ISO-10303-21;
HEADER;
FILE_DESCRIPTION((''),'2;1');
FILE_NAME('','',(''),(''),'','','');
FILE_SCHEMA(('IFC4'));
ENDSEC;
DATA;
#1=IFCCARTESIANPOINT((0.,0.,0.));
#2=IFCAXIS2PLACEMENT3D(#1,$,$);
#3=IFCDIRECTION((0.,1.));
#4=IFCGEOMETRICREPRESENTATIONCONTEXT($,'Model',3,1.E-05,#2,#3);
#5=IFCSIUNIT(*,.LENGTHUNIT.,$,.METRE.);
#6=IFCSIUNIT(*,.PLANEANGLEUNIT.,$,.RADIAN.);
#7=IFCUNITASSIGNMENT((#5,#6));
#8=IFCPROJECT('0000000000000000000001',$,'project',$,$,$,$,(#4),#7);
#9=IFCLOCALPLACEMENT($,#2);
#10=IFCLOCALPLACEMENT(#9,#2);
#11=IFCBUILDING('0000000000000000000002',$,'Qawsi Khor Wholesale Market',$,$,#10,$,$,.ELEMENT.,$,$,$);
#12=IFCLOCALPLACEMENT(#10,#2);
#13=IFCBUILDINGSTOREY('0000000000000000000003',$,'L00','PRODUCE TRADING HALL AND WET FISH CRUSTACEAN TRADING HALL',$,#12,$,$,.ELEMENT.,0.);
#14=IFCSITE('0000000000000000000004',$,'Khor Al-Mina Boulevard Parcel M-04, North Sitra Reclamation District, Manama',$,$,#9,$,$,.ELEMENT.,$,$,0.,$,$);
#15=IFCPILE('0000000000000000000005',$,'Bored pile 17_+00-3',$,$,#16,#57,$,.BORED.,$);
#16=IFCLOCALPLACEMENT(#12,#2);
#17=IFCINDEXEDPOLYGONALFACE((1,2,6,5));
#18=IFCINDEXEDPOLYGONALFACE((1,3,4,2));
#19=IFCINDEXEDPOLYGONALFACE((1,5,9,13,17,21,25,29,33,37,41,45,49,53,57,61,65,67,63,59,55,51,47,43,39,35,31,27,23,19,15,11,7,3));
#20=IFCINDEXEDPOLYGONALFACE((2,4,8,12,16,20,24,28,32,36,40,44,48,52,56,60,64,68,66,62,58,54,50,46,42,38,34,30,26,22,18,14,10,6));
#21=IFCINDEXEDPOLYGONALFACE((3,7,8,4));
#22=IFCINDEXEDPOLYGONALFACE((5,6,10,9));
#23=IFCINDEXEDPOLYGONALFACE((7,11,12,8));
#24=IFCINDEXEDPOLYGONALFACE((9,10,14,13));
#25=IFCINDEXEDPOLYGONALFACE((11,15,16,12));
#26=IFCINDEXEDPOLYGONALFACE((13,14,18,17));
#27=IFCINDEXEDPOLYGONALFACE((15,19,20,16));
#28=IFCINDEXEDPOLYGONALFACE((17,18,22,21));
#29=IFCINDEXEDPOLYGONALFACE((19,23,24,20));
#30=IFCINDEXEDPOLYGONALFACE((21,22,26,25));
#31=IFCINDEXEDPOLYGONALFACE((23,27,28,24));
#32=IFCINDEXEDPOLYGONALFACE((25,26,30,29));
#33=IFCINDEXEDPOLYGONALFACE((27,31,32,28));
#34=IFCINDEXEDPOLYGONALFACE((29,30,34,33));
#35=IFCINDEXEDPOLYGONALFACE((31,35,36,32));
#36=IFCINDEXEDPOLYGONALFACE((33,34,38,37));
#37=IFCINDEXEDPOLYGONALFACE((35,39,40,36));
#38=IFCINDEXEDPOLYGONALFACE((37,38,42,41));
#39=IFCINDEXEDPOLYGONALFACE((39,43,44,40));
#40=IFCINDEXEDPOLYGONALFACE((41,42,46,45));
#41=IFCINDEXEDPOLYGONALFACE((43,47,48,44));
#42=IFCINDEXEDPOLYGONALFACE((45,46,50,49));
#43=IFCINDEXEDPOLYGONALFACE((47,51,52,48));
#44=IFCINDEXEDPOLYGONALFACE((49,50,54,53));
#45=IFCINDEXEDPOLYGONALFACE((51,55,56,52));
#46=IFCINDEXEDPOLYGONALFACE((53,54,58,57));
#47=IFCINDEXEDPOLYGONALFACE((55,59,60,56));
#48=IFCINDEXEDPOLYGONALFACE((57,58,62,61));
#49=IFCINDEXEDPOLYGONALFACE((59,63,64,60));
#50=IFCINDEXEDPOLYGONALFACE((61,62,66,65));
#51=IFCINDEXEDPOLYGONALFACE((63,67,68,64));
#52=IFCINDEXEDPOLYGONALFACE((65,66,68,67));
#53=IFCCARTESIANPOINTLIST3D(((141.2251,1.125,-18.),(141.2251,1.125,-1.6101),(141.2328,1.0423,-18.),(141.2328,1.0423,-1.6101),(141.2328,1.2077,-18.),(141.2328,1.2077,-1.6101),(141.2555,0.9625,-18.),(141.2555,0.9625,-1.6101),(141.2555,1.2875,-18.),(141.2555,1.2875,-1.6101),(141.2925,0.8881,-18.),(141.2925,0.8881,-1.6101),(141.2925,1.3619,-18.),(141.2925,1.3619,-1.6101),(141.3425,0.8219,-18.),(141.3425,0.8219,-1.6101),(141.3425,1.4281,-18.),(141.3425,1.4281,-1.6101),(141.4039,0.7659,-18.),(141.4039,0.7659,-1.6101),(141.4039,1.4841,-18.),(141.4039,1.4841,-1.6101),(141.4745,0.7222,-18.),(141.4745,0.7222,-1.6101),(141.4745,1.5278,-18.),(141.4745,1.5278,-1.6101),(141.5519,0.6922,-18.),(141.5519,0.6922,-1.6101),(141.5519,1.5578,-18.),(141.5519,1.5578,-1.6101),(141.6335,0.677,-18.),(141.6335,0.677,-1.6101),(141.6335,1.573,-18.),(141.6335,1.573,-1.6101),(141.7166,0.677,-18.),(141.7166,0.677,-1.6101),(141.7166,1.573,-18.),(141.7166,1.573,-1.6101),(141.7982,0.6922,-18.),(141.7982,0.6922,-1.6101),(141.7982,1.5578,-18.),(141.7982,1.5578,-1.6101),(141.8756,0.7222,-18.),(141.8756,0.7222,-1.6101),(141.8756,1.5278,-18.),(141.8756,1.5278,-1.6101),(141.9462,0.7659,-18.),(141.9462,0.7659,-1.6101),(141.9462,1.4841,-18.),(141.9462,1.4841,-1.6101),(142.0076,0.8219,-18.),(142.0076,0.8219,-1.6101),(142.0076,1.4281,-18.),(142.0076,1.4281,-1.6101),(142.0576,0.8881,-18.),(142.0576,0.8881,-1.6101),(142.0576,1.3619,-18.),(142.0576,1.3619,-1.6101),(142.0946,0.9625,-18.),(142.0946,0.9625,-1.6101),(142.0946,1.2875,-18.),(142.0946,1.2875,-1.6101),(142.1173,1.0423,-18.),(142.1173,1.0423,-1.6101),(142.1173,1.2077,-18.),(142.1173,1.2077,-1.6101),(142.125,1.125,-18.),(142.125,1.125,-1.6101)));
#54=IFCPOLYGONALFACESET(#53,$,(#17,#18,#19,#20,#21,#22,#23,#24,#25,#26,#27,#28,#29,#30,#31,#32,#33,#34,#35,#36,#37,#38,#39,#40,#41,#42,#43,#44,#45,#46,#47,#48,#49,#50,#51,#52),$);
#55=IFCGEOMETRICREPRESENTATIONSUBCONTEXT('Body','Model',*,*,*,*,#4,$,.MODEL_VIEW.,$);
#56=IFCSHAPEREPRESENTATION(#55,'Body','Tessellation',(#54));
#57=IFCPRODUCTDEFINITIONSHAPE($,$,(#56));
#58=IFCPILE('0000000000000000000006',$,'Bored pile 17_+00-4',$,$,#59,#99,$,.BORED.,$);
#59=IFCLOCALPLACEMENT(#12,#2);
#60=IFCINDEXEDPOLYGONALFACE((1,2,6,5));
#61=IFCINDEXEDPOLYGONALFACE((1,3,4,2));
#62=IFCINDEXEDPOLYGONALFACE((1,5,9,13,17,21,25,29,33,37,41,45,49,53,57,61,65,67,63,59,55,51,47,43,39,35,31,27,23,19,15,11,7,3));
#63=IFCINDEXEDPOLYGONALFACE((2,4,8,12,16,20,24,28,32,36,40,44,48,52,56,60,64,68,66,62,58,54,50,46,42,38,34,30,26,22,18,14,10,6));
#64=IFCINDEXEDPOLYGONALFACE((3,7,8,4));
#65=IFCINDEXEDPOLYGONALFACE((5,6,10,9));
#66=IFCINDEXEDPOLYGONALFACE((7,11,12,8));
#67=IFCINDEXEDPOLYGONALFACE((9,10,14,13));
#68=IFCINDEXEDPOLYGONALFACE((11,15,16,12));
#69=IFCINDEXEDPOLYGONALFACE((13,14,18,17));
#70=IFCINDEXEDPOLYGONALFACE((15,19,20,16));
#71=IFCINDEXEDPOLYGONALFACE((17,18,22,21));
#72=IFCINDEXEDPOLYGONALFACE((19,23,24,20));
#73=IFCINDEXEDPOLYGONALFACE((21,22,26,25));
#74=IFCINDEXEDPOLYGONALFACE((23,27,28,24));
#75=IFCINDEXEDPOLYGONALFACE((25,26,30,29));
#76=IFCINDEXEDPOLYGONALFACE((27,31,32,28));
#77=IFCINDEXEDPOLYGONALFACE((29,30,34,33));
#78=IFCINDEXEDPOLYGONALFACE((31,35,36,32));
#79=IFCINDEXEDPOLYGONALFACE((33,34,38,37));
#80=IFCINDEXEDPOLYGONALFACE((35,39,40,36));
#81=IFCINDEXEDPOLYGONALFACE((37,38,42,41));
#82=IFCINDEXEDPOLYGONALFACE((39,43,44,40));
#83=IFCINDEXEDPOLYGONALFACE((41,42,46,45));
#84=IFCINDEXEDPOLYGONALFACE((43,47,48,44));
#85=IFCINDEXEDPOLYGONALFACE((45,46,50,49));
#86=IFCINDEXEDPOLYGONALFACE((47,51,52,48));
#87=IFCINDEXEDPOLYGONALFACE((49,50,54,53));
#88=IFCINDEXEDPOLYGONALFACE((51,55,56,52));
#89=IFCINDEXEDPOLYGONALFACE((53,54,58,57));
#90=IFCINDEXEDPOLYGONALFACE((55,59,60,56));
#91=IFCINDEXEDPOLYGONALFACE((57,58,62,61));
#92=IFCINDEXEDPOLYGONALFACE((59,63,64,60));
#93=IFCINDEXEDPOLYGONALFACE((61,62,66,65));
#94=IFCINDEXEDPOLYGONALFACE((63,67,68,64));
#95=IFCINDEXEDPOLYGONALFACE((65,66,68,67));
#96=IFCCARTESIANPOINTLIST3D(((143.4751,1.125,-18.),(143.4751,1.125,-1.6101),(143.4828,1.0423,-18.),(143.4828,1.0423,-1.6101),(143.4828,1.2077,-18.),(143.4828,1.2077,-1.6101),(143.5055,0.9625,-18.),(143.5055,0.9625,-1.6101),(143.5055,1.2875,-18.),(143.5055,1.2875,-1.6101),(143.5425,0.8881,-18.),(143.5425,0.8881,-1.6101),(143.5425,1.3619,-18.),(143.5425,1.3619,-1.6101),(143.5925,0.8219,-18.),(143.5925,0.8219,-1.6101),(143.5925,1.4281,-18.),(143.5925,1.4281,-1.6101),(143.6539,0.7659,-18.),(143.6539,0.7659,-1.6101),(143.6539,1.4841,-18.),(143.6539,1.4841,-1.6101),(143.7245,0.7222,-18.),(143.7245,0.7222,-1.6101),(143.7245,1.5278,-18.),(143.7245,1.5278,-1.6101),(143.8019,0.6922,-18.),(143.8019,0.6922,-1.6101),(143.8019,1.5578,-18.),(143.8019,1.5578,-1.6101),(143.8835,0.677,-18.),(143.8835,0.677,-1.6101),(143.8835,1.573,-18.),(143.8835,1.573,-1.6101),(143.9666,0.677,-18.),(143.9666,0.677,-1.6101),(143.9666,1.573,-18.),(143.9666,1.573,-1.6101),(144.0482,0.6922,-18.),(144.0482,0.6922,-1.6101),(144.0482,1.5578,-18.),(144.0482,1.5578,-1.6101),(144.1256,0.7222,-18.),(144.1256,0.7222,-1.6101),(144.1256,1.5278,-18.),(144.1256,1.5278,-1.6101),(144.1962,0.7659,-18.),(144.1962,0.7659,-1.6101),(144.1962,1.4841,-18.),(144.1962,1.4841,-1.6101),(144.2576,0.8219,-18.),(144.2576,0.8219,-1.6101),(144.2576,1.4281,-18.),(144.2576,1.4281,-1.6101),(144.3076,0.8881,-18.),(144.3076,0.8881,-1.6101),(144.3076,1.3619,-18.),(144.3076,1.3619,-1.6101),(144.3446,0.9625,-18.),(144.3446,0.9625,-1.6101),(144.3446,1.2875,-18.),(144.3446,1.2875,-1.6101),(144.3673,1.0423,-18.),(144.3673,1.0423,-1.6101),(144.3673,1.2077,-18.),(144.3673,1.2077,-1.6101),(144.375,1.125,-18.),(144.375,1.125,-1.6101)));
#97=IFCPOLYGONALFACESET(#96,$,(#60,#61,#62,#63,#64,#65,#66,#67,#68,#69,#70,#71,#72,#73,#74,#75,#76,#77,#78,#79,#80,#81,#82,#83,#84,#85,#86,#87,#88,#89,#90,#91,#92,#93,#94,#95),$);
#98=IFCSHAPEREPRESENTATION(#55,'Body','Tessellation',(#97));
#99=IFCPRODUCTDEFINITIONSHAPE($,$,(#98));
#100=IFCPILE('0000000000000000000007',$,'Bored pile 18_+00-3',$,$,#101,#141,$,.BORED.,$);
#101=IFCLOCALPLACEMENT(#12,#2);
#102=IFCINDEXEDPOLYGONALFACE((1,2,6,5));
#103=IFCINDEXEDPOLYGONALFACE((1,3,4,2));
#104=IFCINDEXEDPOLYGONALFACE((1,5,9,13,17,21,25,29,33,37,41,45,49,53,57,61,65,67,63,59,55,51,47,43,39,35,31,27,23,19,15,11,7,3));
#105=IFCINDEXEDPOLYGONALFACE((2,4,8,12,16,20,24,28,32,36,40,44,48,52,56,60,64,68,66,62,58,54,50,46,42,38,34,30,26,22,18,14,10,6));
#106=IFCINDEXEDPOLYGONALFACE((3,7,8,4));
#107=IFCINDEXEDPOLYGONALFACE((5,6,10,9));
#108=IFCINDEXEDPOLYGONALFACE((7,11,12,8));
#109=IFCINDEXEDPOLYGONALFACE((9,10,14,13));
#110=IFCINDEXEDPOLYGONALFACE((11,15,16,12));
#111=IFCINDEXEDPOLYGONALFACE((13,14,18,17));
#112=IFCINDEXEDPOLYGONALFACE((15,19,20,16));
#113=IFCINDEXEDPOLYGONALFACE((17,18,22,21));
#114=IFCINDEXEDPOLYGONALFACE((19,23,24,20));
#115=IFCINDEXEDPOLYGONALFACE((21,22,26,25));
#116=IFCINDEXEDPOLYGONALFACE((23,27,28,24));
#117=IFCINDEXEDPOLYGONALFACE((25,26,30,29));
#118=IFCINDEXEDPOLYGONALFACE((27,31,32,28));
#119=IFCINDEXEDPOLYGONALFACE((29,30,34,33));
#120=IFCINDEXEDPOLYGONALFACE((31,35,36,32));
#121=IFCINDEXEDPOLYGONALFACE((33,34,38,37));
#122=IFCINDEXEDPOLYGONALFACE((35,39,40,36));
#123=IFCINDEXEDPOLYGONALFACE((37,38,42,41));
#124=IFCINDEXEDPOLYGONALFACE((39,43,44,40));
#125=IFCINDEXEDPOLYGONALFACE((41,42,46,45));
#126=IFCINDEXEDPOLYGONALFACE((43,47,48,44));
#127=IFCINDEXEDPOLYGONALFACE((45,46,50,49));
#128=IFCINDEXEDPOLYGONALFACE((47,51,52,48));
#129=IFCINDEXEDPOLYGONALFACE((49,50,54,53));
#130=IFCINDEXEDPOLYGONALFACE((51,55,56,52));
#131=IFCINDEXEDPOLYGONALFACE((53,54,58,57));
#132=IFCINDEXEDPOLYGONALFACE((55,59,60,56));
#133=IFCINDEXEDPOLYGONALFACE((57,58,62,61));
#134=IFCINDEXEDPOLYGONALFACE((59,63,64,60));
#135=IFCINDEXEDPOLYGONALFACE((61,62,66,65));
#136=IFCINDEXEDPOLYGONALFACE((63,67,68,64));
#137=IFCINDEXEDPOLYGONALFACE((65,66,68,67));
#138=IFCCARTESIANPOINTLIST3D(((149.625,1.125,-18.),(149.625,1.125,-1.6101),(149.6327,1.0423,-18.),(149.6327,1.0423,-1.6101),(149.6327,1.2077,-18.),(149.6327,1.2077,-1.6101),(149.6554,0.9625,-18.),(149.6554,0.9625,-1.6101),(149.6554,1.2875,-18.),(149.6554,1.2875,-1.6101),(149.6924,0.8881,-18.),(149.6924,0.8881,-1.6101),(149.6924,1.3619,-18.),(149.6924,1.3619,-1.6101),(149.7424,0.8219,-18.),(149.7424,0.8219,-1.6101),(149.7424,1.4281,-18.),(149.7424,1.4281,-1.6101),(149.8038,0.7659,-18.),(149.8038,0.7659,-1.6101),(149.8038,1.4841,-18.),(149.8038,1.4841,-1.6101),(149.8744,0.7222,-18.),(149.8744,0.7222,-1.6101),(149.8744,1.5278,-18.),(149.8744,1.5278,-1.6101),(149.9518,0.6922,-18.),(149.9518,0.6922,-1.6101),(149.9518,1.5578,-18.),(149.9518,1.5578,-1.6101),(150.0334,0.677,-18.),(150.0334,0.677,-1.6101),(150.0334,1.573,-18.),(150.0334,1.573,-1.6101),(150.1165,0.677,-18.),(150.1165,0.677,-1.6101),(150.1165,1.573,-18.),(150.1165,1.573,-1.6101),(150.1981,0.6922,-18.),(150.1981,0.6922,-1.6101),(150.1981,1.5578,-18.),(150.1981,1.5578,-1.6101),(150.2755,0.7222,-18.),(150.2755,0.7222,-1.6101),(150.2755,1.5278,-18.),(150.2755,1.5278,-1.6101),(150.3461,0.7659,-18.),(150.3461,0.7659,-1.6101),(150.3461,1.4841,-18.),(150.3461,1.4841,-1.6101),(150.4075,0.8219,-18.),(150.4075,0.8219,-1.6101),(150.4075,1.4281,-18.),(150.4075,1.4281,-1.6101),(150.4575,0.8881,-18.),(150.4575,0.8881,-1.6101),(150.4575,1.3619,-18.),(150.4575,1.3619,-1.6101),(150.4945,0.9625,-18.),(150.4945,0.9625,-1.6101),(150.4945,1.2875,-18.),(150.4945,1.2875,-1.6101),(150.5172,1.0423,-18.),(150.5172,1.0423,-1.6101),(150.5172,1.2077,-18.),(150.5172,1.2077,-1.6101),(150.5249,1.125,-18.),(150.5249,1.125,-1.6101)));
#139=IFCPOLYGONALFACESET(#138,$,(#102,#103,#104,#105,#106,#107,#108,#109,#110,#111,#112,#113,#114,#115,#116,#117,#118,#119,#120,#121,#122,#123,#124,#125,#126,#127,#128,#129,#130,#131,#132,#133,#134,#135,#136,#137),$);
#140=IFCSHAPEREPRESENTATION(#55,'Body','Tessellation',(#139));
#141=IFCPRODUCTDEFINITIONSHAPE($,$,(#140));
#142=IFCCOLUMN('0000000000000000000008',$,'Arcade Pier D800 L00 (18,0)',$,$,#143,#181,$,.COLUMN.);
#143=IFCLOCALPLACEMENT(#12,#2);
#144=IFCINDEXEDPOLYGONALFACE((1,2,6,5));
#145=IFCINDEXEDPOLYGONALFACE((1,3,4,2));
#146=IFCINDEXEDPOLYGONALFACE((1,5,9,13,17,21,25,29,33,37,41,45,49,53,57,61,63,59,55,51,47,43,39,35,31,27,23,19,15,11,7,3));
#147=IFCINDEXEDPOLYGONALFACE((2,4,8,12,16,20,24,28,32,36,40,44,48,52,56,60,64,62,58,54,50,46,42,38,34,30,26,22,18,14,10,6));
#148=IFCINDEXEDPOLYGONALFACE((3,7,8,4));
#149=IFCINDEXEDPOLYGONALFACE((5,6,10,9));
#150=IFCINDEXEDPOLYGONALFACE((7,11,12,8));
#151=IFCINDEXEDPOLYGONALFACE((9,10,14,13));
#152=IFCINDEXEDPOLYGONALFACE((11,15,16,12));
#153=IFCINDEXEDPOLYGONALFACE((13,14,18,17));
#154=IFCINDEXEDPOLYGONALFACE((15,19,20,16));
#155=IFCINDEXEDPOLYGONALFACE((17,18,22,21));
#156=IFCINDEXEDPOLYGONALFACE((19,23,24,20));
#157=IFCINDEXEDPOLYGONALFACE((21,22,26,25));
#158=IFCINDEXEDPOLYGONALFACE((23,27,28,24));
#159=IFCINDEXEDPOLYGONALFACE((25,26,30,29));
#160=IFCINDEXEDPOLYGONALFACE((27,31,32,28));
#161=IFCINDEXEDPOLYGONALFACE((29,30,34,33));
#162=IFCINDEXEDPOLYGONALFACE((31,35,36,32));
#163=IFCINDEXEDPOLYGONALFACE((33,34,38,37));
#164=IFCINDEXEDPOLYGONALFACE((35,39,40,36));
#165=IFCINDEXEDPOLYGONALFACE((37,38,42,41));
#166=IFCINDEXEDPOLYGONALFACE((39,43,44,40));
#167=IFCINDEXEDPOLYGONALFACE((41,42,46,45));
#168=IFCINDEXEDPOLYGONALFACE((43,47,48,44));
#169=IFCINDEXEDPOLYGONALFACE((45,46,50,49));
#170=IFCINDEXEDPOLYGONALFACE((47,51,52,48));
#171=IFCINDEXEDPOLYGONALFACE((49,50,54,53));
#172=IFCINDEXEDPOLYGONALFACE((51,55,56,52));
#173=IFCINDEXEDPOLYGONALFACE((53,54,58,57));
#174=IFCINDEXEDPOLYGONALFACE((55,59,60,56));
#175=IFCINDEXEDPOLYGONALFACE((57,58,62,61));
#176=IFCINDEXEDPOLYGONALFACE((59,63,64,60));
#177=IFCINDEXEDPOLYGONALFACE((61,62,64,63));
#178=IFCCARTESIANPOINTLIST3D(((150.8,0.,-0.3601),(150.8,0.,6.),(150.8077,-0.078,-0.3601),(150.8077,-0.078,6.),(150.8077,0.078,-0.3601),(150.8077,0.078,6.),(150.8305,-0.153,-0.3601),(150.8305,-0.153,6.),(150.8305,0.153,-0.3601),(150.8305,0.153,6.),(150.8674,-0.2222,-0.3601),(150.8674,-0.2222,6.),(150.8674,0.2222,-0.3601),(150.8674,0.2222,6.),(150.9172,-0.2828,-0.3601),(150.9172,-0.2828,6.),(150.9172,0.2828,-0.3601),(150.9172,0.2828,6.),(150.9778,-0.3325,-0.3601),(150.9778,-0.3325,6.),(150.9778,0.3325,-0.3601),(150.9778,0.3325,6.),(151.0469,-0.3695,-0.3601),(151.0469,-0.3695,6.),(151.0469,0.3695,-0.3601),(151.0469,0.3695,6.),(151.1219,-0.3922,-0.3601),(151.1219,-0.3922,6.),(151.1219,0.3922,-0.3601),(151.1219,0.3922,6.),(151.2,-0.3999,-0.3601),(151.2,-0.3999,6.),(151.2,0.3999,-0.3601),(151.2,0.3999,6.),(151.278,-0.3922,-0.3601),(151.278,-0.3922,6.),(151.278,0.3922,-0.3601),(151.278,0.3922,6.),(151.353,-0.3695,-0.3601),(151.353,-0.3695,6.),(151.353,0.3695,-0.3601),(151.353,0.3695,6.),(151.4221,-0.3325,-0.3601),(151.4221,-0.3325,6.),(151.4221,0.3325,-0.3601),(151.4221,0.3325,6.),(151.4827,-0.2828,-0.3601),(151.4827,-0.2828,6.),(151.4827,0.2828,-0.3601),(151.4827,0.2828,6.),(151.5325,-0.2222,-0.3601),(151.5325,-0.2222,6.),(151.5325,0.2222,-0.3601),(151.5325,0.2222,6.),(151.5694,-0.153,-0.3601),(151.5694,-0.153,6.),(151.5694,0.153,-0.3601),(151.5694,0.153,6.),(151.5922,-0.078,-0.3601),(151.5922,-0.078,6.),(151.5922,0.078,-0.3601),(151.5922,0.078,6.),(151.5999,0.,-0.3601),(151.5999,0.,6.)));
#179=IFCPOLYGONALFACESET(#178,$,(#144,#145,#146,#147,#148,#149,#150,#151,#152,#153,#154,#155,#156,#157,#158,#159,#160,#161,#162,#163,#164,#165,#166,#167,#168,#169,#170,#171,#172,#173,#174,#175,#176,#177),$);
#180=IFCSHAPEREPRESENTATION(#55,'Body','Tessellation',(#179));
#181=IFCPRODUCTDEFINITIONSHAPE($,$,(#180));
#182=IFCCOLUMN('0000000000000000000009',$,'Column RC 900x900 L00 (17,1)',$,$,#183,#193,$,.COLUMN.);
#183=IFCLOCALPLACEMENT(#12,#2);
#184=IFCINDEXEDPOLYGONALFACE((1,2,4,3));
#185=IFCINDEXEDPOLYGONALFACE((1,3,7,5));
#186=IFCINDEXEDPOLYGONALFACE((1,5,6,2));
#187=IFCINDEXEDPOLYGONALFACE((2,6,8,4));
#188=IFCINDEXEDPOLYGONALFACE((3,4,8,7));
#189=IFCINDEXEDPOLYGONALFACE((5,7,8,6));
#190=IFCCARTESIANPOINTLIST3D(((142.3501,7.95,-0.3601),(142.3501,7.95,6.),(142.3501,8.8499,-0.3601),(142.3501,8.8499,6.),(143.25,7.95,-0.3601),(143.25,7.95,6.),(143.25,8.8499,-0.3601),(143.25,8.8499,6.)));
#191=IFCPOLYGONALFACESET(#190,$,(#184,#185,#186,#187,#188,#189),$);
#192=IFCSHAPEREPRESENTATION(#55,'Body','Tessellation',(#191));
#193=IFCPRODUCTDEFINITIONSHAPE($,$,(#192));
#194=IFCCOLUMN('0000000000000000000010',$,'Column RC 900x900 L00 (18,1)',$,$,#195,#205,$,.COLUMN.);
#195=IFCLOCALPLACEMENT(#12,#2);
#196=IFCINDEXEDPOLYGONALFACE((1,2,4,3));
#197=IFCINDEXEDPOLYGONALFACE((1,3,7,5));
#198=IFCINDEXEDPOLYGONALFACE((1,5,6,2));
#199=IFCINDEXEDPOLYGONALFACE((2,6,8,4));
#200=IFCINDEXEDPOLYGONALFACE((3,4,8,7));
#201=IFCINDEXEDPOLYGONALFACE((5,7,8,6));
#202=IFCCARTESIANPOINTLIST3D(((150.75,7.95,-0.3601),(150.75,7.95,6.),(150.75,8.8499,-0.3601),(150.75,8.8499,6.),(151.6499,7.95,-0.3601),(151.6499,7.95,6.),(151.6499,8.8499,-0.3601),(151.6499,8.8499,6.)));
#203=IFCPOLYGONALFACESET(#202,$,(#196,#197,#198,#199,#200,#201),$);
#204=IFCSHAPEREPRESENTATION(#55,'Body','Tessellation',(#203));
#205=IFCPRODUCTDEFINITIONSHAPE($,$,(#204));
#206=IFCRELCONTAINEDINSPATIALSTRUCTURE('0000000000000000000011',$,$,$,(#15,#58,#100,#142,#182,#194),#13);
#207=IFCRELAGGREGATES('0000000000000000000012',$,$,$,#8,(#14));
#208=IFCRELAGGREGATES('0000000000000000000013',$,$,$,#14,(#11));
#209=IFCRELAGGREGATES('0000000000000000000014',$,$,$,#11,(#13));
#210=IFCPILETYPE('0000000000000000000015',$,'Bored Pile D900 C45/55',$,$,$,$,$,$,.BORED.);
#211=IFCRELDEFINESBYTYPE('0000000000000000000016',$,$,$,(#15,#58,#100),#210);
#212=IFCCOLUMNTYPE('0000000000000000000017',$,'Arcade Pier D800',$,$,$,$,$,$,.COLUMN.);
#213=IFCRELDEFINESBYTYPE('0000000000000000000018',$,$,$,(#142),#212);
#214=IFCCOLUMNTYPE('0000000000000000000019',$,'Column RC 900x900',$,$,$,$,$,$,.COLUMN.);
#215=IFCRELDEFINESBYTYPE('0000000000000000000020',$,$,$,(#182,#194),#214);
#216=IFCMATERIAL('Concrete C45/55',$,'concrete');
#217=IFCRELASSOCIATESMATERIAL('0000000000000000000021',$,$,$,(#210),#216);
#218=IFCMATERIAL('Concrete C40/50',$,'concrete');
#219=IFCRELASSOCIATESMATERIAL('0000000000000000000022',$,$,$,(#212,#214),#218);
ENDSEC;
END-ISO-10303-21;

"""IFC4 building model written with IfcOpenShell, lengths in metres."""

from ifc_helpers import new_model, si_unit, direction, frame, origin, origin_2d, place, context, subcontext, project, spatial, rectangle, circle, extrude, material, material_profile, profile_set, type_object, element, save


model = new_model("IFC4")

# Units and contexts
model_context = context("Model", 3, precision=1e-05, world=origin(), true_north=direction((0.0, 1.0)))
body_context = subcontext(model_context, "Body", "Model", "MODEL_VIEW")
ifc_project = project(units=[si_unit("LENGTHUNIT", "METRE"), si_unit("PLANEANGLEUNIT", "RADIAN")], contexts=[model_context])

# Site, building, storey
site_placement = place(None, origin())
site = spatial("IfcSite", under=ifc_project, at=site_placement, Name="Khor Al-Mina Boulevard Parcel M-04, North Sitra Reclamation District, Manama", CompositionType="ELEMENT", RefElevation=0.0)
building_placement = place(site_placement, origin())
building = spatial("IfcBuilding", under=site, at=building_placement, Name="Qawsi Khor Wholesale Market", CompositionType="ELEMENT")
storey_placement = place(building_placement, origin())
storey = spatial("IfcBuildingStorey", under=building, at=storey_placement, Name="L00", Description="PRODUCE TRADING HALL AND WET FISH CRUSTACEAN TRADING HALL", CompositionType="ELEMENT", Elevation=0.0)

# Piles
ifc_material_1 = material(Name="Concrete C45/55", Category="concrete")
ifc_material_profile_1 = material_profile(ifc_material_1, circle(Radius=0.45, at=origin_2d()), Name="PILE D900")
ifc_profile_set_1 = profile_set([ifc_material_profile_1], Name="Concrete C45/55")
pile_type = type_object("IfcPileType", Name="Bored Pile D900 C45/55", PredefinedType="BORED", material=ifc_profile_set_1)
for number, where, z_axis, x_axis, name in (
    (1, (141.675, 1.125, -1.6101), (0.0, 0.0, -1.0), (1.0, 0.0, 0.0), "Bored pile 17_+00-3"),
    (2, (143.925, 1.125, -1.6101), (0.0, 0.0, -1.0), (1.0, 0.0, 0.0), "Bored pile 17_+00-4"),
    (3, (150.075, 1.125, -1.6101), (0.0, 0.0, -1.0), (1.0, 0.0, 0.0), "Bored pile 18_+00-3"),
):
    element("IfcPile", number, at=place(storey_placement, frame(where, z_axis=z_axis, x_axis=x_axis)), inside=storey, type_object=pile_type, Name=name, PredefinedType="BORED", context=body_context, shape_type="SweptSolid", body=[
        extrude(circle(Radius=0.45, at=origin_2d()), origin(), (0.0, 0.0, 1.0), 16.3899),
    ])

# Columns
ifc_material_2 = material(Name="Concrete C40/50", Category="concrete")
ifc_material_profile_2 = material_profile(ifc_material_2, circle(Radius=0.3999, at=origin_2d()), Name="RC COL D800")
ifc_profile_set_2 = profile_set([ifc_material_profile_2], Name="Concrete C40/50")
column_type_1 = type_object("IfcColumnType", Name="Arcade Pier D800", PredefinedType="COLUMN", material=ifc_profile_set_2)
column_placement = place(storey_placement, frame((151.2, 0.0, -0.3601), z_axis=(0.0, 0.0, 1.0), x_axis=(1.0, 0.0, 0.0)))
element("IfcColumn", 4, at=column_placement, inside=storey, type_object=column_type_1, Name="Arcade Pier D800 L00 (18,0)", PredefinedType="COLUMN", context=body_context, shape_type="SweptSolid", body=[
    extrude(circle(Radius=0.3999, at=origin_2d()), origin(), (0.0, 0.0, 1.0), 6.3601),
])
ifc_material_profile_3 = material_profile(ifc_material_2, rectangle(XDim=0.8999, YDim=0.8999, at=origin_2d()), Name="RC 900x900")
ifc_profile_set_3 = profile_set([ifc_material_profile_3], Name="Concrete C40/50")
column_type_2 = type_object("IfcColumnType", Name="Column RC 900x900", PredefinedType="COLUMN", material=ifc_profile_set_3)
for number, where, z_axis, x_axis, name in (
    (5, (142.8, 8.3999, -0.3601), (0.0, 0.0, 1.0), (1.0, 0.0, 0.0), "Column RC 900x900 L00 (17,1)"),
    (6, (151.2, 8.3999, -0.3601), (0.0, 0.0, 1.0), (1.0, 0.0, 0.0), "Column RC 900x900 L00 (18,1)"),
):
    element("IfcColumn", number, at=place(storey_placement, frame(where, z_axis=z_axis, x_axis=x_axis)), inside=storey, type_object=column_type_2, Name=name, PredefinedType="COLUMN", context=body_context, shape_type="SweptSolid", body=[
        extrude(rectangle(XDim=0.8999, YDim=0.8999, at=origin_2d()), origin(), (0.0, 0.0, 1.0), 6.3601),
    ])

save(model, "model.ifc")
